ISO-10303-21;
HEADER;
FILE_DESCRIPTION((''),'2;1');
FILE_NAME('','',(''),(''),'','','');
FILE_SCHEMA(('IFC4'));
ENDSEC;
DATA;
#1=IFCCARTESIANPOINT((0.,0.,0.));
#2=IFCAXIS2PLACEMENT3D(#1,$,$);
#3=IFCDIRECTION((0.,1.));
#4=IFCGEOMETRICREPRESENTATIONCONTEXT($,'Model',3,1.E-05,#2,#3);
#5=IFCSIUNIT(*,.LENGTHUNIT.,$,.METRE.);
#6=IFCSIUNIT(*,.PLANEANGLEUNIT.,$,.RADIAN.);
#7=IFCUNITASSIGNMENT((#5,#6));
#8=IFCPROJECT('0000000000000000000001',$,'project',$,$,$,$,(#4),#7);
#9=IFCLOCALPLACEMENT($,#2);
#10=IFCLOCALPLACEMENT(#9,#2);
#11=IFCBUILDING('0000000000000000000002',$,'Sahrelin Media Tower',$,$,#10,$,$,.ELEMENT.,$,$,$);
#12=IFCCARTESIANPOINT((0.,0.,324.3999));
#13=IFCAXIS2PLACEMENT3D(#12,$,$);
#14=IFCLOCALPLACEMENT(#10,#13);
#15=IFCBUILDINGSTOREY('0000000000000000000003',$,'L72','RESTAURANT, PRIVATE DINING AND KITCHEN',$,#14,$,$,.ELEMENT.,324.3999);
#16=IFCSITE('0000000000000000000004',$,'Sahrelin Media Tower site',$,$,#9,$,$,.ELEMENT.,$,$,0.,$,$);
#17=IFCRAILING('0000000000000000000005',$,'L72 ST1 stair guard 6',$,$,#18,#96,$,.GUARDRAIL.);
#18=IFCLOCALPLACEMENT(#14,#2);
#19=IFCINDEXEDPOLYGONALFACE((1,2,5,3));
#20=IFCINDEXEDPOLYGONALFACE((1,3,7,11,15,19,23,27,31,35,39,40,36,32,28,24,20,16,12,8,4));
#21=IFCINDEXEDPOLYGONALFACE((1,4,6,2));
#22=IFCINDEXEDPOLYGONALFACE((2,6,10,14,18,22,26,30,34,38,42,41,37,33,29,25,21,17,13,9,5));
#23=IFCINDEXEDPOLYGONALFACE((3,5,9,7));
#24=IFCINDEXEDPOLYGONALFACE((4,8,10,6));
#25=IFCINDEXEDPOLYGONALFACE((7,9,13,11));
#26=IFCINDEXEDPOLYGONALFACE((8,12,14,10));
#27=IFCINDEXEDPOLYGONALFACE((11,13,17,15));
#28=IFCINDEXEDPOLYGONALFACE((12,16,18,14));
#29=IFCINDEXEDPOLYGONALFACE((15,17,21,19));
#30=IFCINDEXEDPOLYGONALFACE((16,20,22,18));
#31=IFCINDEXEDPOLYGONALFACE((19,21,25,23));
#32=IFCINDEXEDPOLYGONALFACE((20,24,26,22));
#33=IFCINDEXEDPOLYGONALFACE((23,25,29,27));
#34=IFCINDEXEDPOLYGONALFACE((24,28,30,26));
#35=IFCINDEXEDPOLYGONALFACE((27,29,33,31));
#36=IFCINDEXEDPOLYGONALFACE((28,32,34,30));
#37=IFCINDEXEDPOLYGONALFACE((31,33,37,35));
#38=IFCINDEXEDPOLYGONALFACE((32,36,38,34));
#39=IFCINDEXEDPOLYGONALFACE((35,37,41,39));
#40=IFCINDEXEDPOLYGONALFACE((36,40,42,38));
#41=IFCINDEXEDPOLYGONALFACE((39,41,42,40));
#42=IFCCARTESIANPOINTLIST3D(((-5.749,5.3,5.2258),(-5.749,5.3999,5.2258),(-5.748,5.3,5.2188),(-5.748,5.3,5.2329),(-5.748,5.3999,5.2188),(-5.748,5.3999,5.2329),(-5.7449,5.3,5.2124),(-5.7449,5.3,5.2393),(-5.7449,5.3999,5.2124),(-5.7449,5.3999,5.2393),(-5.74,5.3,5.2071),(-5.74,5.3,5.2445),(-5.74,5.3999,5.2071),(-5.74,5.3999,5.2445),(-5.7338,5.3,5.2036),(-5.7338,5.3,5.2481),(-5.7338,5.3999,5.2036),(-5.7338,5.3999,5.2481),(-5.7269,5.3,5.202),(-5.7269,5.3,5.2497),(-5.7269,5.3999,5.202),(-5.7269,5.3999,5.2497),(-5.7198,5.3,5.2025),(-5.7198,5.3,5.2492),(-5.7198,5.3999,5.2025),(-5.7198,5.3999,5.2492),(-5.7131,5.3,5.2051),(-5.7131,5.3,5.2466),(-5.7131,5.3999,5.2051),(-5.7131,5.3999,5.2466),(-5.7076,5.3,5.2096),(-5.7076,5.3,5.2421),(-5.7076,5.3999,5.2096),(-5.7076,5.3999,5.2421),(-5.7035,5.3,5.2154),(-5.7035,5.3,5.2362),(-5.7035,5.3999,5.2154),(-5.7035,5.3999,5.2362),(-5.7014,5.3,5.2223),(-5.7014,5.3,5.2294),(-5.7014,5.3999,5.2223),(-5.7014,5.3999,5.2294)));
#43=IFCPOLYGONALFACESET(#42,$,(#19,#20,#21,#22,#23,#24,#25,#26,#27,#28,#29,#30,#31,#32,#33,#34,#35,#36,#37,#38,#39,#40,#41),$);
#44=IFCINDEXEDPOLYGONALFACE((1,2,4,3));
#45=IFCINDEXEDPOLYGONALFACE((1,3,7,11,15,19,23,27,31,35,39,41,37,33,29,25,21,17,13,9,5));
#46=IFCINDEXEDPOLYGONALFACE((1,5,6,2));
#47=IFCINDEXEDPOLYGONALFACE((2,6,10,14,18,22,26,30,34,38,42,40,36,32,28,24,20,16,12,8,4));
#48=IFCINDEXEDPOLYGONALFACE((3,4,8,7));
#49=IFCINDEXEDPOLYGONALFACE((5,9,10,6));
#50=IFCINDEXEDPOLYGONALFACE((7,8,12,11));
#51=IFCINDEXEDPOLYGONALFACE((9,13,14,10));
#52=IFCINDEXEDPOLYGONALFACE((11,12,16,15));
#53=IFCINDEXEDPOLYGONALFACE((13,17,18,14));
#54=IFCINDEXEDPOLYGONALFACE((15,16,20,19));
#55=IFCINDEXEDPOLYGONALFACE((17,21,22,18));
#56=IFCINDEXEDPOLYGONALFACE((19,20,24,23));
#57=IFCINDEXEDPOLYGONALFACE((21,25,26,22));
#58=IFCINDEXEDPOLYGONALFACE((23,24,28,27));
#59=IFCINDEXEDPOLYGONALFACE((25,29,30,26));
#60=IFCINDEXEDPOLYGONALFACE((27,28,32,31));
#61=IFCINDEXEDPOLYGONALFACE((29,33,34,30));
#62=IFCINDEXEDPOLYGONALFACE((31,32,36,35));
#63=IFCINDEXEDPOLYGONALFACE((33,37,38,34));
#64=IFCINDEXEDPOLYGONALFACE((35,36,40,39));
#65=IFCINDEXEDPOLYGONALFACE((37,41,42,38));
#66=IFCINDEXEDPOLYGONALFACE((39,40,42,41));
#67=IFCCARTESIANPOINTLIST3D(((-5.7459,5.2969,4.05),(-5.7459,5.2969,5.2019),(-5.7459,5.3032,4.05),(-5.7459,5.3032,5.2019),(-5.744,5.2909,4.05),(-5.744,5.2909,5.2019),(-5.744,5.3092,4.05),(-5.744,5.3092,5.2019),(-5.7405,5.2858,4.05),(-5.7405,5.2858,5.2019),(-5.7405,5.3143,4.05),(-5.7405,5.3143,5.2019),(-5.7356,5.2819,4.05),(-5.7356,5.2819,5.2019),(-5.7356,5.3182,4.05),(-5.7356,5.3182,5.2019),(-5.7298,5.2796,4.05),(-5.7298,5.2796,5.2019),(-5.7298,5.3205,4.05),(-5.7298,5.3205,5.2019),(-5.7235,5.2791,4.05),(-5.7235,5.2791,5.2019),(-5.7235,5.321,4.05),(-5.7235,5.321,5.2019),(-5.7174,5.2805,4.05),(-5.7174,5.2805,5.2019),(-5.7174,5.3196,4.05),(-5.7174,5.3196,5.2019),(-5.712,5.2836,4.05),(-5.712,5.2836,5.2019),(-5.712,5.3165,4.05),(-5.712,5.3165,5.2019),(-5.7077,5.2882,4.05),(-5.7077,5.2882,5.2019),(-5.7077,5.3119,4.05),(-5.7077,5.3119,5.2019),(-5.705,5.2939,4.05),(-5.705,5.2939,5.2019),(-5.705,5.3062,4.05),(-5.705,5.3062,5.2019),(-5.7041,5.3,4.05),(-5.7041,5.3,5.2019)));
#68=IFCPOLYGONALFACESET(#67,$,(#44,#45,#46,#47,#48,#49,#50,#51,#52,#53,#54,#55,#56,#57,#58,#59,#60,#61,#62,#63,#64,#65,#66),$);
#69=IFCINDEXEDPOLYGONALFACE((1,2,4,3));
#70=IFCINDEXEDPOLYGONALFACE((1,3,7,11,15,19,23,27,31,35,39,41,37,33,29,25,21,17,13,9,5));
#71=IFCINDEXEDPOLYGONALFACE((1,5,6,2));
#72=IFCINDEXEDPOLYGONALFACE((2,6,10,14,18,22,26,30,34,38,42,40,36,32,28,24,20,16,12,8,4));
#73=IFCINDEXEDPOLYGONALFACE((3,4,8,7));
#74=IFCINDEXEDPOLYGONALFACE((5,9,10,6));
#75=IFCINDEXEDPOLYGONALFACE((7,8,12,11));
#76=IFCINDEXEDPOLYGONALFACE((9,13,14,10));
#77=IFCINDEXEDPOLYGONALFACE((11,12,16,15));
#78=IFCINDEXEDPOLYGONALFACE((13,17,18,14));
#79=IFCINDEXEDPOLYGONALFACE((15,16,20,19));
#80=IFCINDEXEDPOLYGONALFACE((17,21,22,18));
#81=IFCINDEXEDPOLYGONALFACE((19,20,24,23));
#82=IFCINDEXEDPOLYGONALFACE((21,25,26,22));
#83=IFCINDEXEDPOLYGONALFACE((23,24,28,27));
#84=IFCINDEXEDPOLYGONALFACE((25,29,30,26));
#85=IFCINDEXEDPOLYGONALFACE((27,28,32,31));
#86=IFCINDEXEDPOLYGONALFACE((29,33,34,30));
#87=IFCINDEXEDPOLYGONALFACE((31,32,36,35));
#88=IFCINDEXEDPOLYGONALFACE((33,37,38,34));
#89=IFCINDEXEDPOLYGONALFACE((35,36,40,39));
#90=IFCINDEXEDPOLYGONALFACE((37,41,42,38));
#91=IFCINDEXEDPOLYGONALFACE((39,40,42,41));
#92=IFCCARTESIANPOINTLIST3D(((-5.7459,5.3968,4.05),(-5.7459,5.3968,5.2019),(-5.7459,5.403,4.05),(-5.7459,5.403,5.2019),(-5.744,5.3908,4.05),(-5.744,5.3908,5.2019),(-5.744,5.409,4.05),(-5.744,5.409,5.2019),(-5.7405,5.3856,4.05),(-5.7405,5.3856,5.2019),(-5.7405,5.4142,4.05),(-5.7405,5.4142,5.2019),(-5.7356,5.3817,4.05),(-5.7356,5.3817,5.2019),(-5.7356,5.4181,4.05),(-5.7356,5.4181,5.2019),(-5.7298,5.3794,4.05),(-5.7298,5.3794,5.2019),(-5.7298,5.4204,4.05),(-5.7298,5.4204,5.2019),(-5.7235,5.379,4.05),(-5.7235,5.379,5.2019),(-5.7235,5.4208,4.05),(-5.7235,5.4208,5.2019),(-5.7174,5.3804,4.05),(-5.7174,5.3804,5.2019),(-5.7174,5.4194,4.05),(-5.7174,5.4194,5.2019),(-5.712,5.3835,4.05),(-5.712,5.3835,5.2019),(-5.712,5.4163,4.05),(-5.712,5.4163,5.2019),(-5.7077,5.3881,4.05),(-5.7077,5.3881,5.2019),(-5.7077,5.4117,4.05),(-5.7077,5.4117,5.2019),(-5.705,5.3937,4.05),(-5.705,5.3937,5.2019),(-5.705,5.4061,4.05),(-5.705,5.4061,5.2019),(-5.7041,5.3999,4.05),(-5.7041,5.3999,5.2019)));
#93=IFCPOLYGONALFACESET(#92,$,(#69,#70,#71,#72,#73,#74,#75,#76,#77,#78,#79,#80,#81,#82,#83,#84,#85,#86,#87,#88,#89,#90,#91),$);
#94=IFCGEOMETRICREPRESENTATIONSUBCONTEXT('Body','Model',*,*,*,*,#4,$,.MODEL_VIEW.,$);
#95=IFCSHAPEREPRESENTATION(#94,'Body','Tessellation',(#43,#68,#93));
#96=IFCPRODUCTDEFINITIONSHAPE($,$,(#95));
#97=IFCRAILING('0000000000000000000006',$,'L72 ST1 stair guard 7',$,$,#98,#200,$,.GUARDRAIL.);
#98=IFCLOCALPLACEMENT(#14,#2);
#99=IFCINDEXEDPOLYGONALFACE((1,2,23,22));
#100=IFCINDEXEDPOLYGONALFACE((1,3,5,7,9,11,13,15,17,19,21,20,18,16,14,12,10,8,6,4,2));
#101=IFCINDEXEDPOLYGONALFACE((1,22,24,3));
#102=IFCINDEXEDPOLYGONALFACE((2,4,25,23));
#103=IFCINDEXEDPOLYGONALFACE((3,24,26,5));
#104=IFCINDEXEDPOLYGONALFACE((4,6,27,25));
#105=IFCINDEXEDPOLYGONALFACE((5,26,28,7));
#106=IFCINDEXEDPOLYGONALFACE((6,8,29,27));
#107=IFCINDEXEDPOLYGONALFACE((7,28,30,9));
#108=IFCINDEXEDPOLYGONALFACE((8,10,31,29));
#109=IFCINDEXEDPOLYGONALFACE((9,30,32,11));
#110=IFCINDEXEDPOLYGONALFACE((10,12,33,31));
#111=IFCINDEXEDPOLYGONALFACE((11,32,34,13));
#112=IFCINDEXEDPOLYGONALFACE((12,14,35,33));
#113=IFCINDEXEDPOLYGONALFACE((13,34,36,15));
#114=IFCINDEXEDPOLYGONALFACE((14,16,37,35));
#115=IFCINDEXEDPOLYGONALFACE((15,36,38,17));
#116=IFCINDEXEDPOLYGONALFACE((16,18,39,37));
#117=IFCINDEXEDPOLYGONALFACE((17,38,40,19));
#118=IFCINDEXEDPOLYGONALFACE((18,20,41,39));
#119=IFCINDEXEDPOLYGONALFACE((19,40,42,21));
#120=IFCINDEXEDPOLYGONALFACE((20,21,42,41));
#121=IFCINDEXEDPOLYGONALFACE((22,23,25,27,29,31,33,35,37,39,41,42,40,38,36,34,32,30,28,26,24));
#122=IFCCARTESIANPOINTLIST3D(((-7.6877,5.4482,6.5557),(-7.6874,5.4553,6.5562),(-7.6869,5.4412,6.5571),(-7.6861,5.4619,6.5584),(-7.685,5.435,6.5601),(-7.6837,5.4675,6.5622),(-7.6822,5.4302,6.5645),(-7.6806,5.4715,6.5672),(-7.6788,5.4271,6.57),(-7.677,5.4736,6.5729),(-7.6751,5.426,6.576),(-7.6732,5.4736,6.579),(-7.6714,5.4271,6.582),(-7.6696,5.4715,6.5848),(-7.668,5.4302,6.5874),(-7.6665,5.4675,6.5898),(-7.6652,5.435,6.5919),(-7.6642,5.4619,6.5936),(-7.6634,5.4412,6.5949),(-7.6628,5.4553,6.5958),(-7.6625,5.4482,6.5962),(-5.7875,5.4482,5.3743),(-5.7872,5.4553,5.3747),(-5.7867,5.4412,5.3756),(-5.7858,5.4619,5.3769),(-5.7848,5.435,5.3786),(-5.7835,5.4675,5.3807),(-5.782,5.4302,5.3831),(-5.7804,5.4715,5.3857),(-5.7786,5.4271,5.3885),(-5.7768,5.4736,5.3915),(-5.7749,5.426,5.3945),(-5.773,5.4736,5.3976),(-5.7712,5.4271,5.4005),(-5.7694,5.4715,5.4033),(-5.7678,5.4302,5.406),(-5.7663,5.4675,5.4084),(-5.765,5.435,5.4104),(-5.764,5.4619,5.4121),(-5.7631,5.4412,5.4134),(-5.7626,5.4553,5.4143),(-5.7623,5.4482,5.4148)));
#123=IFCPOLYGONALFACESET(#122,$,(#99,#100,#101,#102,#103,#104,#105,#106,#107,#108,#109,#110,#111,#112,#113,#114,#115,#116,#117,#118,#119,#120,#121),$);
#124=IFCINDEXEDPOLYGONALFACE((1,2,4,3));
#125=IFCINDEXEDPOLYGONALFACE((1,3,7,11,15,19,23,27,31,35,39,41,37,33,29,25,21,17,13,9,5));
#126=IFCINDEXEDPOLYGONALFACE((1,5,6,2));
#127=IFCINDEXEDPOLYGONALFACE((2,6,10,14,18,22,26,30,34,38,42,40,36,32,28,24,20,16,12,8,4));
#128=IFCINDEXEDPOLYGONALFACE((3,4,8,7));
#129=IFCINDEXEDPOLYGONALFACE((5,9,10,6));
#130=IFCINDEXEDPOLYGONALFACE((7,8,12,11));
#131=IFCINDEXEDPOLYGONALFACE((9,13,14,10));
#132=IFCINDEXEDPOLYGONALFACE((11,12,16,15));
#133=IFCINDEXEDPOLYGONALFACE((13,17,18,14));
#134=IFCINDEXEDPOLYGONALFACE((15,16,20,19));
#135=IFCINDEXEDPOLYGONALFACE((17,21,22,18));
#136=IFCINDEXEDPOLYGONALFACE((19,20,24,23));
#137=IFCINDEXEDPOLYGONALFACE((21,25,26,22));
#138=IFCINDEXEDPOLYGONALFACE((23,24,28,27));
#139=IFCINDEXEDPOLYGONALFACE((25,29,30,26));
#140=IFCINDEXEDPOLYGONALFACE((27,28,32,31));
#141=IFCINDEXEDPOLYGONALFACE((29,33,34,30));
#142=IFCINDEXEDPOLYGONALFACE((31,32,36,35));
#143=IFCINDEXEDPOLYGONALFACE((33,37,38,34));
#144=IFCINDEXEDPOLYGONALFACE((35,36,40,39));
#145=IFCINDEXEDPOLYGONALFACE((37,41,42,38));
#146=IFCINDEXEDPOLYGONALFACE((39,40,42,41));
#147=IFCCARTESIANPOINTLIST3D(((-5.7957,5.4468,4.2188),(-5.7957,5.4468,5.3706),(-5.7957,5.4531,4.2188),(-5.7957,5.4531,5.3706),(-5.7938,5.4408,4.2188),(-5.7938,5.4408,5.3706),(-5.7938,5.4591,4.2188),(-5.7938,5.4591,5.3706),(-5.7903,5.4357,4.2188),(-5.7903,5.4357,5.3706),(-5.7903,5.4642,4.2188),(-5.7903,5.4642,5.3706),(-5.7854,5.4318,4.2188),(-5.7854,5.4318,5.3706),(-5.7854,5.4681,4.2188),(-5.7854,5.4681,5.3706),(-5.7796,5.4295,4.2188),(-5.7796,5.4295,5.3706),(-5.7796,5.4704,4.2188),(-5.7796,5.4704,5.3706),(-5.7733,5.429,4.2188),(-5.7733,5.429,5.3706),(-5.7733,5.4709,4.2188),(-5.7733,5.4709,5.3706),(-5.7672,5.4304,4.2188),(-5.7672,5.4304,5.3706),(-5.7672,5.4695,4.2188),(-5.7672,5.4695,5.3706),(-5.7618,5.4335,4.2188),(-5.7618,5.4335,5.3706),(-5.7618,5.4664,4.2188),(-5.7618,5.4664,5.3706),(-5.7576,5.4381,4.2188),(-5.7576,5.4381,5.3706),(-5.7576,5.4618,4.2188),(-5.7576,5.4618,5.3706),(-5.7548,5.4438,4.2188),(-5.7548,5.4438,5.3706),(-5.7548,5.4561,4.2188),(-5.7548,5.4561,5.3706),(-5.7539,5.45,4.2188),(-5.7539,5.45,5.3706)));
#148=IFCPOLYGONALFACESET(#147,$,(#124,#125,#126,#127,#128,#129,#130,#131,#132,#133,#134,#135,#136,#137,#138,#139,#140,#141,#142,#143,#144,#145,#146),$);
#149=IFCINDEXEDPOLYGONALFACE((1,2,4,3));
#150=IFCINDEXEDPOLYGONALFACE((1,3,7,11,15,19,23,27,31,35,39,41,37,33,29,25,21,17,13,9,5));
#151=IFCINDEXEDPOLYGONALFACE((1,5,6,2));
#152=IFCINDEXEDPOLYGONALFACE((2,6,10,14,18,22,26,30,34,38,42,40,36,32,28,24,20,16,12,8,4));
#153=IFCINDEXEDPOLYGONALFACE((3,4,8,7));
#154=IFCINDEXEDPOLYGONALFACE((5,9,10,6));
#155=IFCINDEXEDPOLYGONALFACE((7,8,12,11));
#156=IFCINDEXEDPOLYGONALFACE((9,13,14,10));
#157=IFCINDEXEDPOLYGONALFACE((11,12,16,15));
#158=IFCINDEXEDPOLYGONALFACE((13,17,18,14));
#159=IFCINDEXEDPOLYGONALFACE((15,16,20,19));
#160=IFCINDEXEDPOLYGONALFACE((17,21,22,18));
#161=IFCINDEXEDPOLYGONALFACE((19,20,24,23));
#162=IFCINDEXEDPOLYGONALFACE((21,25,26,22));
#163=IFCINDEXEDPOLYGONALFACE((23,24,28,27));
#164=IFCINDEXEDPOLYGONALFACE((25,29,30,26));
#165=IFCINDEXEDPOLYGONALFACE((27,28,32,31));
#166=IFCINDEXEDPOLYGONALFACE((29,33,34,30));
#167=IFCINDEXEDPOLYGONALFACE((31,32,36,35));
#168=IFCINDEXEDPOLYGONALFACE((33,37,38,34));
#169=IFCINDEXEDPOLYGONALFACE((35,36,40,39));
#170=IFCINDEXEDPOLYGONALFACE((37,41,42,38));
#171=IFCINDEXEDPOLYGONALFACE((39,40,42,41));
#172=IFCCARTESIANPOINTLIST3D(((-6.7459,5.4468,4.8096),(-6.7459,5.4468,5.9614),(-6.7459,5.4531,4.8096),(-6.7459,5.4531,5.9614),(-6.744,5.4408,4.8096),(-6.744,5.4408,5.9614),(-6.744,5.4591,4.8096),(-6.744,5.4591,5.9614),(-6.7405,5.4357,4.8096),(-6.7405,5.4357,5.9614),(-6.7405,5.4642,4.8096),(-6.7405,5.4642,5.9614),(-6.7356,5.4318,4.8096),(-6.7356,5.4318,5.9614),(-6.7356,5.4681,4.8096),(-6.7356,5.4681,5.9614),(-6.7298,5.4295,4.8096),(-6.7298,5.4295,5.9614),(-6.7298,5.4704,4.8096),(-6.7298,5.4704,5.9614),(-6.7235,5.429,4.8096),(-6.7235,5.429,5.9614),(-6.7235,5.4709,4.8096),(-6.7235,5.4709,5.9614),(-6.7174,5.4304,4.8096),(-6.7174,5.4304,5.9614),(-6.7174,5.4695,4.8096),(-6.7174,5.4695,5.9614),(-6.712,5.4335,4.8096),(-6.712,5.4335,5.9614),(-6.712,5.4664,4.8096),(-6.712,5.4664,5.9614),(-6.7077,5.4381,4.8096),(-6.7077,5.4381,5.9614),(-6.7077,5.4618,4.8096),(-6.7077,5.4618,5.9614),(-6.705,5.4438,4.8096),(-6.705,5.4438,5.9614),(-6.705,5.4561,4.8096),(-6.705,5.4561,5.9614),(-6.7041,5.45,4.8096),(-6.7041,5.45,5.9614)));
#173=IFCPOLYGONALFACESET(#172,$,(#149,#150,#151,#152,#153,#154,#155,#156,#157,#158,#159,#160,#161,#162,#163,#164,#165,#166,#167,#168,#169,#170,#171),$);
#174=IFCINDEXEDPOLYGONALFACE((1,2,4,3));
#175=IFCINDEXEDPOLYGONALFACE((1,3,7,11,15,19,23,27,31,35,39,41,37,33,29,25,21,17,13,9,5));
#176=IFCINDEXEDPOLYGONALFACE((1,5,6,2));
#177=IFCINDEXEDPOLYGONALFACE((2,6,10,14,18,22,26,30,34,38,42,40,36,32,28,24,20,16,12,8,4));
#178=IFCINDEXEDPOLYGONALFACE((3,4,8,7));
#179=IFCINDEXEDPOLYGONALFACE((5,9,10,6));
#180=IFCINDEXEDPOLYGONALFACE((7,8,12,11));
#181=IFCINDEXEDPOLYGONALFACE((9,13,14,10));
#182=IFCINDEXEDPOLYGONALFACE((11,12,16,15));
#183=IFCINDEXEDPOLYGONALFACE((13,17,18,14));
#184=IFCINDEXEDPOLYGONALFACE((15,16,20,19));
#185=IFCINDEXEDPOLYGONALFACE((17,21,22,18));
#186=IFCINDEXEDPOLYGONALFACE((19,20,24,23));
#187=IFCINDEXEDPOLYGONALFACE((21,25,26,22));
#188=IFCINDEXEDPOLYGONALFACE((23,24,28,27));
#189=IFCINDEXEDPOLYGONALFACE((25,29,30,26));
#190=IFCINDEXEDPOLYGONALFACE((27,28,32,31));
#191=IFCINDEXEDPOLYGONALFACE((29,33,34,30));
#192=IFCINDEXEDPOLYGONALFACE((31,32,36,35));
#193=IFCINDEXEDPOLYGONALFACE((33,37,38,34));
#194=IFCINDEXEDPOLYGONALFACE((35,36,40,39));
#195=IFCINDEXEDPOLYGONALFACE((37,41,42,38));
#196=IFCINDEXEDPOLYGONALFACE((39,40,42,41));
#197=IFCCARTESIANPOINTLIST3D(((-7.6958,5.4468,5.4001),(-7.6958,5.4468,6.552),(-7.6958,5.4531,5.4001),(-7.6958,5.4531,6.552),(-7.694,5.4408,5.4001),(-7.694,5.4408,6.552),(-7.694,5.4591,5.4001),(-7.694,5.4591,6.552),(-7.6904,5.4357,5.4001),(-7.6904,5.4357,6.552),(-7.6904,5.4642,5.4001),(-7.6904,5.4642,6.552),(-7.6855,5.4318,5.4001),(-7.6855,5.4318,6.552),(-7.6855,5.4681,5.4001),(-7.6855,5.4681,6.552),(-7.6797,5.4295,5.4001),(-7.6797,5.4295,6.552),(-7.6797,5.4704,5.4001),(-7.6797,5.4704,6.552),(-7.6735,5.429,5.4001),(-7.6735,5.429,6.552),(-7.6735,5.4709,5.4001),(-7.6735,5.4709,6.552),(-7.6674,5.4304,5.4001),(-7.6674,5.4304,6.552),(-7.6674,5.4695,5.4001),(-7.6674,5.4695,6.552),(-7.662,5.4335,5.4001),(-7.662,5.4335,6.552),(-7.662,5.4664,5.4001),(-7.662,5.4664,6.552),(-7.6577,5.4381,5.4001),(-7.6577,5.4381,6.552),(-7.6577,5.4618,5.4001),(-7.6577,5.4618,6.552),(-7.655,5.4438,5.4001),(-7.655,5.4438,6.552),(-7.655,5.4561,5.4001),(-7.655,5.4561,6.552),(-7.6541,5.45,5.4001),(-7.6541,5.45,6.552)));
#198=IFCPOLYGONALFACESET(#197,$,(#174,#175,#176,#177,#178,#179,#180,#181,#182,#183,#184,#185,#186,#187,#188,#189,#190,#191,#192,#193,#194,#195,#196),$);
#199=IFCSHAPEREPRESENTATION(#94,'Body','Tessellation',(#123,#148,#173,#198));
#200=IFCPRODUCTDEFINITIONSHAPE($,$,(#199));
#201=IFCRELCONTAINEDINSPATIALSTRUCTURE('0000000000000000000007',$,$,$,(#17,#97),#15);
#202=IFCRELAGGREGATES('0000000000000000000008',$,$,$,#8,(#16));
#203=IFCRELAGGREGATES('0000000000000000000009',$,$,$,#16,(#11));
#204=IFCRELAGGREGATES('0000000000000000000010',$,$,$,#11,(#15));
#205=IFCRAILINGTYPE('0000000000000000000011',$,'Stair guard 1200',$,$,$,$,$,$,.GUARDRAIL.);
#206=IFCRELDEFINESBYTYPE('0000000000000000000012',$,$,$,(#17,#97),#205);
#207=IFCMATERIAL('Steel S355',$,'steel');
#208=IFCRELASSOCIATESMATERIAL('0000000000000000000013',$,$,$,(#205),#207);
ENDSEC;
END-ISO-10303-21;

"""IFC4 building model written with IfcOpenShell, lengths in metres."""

from ifc_helpers import new_model, si_unit, direction, frame, origin, origin_2d, place, context, subcontext, project, spatial, circle, extrude, material, type_object, element, save


model = new_model("IFC4")

# Units and contexts
model_context = context("Model", 3, precision=1e-05, world=origin(), true_north=direction((0.0, 1.0)))
body_context = subcontext(model_context, "Body", "Model", "MODEL_VIEW")
ifc_project = project(units=[si_unit("LENGTHUNIT", "METRE"), si_unit("PLANEANGLEUNIT", "RADIAN")], contexts=[model_context])

# Site, building, storey
site_placement = place(None, origin())
site = spatial("IfcSite", under=ifc_project, at=site_placement, Name="Sahrelin Media Tower site", CompositionType="ELEMENT", RefElevation=0.0)
building_placement = place(site_placement, origin())
building = spatial("IfcBuilding", under=site, at=building_placement, Name="Sahrelin Media Tower", CompositionType="ELEMENT")
storey_placement = place(building_placement, frame((0.0, 0.0, 324.3999)))
storey = spatial("IfcBuildingStorey", under=building, at=storey_placement, Name="L72", Description="RESTAURANT, PRIVATE DINING AND KITCHEN", CompositionType="ELEMENT", Elevation=324.3999)

# Shared definitions
ifc_material_1 = material(Name="Steel S355", Category="steel")

# Railings
railing_type_1 = type_object("IfcRailingType", Name="Stair guard 1200", PredefinedType="GUARDRAIL", material=ifc_material_1)
railing_1_placement = place(storey_placement, frame((-5.7251, 5.3, 4.05)))
element("IfcRailing", 1, at=railing_1_placement, inside=storey, type_object=railing_type_1, Name="L72 ST1 stair guard 6", PredefinedType="GUARDRAIL", context=body_context, shape_type="SweptSolid", body=[
    extrude(circle(Radius=0.0239, at=origin_2d()), frame((0.0, 0.0, 1.1758), z_axis=(0.0, 1.0, 0.0), x_axis=(-1.0, 0.0, 0.0)), (0.0, 0.0, 1.0), 0.0999),
    extrude(circle(Radius=0.021, at=origin_2d()), origin(), (0.0, 0.0, 1.0), 1.1519),
    extrude(circle(Radius=0.021, at=origin_2d()), frame((0.0, 0.0999, 0.0)), (0.0, 0.0, 1.0), 1.1519),
])
railing_2_placement = place(storey_placement, frame((-5.7749, 5.45, 4.2188)))
element("IfcRailing", 2, at=railing_2_placement, inside=storey, type_object=railing_type_1, Name="L72 ST1 stair guard 7", PredefinedType="GUARDRAIL", context=body_context, shape_type="SweptSolid", body=[
    extrude(circle(Radius=0.0239, at=origin_2d()), frame((0.0, 0.0, 1.1758), z_axis=(-0.84924, 0.0, 0.528006), x_axis=(0.0, -1.0, 0.0)), (0.0, 0.0, 1.0), 2.2375),
    extrude(circle(Radius=0.021, at=origin_2d()), origin(), (0.0, 0.0, 1.0), 1.1519),
    extrude(circle(Radius=0.021, at=origin_2d()), frame((-0.9502, 0.0, 0.5908)), (0.0, 0.0, 1.0), 1.1519),
    extrude(circle(Radius=0.021, at=origin_2d()), frame((-1.9001, 0.0, 1.1814)), (0.0, 0.0, 1.0), 1.1519),
])

save(model, "model.ifc")
